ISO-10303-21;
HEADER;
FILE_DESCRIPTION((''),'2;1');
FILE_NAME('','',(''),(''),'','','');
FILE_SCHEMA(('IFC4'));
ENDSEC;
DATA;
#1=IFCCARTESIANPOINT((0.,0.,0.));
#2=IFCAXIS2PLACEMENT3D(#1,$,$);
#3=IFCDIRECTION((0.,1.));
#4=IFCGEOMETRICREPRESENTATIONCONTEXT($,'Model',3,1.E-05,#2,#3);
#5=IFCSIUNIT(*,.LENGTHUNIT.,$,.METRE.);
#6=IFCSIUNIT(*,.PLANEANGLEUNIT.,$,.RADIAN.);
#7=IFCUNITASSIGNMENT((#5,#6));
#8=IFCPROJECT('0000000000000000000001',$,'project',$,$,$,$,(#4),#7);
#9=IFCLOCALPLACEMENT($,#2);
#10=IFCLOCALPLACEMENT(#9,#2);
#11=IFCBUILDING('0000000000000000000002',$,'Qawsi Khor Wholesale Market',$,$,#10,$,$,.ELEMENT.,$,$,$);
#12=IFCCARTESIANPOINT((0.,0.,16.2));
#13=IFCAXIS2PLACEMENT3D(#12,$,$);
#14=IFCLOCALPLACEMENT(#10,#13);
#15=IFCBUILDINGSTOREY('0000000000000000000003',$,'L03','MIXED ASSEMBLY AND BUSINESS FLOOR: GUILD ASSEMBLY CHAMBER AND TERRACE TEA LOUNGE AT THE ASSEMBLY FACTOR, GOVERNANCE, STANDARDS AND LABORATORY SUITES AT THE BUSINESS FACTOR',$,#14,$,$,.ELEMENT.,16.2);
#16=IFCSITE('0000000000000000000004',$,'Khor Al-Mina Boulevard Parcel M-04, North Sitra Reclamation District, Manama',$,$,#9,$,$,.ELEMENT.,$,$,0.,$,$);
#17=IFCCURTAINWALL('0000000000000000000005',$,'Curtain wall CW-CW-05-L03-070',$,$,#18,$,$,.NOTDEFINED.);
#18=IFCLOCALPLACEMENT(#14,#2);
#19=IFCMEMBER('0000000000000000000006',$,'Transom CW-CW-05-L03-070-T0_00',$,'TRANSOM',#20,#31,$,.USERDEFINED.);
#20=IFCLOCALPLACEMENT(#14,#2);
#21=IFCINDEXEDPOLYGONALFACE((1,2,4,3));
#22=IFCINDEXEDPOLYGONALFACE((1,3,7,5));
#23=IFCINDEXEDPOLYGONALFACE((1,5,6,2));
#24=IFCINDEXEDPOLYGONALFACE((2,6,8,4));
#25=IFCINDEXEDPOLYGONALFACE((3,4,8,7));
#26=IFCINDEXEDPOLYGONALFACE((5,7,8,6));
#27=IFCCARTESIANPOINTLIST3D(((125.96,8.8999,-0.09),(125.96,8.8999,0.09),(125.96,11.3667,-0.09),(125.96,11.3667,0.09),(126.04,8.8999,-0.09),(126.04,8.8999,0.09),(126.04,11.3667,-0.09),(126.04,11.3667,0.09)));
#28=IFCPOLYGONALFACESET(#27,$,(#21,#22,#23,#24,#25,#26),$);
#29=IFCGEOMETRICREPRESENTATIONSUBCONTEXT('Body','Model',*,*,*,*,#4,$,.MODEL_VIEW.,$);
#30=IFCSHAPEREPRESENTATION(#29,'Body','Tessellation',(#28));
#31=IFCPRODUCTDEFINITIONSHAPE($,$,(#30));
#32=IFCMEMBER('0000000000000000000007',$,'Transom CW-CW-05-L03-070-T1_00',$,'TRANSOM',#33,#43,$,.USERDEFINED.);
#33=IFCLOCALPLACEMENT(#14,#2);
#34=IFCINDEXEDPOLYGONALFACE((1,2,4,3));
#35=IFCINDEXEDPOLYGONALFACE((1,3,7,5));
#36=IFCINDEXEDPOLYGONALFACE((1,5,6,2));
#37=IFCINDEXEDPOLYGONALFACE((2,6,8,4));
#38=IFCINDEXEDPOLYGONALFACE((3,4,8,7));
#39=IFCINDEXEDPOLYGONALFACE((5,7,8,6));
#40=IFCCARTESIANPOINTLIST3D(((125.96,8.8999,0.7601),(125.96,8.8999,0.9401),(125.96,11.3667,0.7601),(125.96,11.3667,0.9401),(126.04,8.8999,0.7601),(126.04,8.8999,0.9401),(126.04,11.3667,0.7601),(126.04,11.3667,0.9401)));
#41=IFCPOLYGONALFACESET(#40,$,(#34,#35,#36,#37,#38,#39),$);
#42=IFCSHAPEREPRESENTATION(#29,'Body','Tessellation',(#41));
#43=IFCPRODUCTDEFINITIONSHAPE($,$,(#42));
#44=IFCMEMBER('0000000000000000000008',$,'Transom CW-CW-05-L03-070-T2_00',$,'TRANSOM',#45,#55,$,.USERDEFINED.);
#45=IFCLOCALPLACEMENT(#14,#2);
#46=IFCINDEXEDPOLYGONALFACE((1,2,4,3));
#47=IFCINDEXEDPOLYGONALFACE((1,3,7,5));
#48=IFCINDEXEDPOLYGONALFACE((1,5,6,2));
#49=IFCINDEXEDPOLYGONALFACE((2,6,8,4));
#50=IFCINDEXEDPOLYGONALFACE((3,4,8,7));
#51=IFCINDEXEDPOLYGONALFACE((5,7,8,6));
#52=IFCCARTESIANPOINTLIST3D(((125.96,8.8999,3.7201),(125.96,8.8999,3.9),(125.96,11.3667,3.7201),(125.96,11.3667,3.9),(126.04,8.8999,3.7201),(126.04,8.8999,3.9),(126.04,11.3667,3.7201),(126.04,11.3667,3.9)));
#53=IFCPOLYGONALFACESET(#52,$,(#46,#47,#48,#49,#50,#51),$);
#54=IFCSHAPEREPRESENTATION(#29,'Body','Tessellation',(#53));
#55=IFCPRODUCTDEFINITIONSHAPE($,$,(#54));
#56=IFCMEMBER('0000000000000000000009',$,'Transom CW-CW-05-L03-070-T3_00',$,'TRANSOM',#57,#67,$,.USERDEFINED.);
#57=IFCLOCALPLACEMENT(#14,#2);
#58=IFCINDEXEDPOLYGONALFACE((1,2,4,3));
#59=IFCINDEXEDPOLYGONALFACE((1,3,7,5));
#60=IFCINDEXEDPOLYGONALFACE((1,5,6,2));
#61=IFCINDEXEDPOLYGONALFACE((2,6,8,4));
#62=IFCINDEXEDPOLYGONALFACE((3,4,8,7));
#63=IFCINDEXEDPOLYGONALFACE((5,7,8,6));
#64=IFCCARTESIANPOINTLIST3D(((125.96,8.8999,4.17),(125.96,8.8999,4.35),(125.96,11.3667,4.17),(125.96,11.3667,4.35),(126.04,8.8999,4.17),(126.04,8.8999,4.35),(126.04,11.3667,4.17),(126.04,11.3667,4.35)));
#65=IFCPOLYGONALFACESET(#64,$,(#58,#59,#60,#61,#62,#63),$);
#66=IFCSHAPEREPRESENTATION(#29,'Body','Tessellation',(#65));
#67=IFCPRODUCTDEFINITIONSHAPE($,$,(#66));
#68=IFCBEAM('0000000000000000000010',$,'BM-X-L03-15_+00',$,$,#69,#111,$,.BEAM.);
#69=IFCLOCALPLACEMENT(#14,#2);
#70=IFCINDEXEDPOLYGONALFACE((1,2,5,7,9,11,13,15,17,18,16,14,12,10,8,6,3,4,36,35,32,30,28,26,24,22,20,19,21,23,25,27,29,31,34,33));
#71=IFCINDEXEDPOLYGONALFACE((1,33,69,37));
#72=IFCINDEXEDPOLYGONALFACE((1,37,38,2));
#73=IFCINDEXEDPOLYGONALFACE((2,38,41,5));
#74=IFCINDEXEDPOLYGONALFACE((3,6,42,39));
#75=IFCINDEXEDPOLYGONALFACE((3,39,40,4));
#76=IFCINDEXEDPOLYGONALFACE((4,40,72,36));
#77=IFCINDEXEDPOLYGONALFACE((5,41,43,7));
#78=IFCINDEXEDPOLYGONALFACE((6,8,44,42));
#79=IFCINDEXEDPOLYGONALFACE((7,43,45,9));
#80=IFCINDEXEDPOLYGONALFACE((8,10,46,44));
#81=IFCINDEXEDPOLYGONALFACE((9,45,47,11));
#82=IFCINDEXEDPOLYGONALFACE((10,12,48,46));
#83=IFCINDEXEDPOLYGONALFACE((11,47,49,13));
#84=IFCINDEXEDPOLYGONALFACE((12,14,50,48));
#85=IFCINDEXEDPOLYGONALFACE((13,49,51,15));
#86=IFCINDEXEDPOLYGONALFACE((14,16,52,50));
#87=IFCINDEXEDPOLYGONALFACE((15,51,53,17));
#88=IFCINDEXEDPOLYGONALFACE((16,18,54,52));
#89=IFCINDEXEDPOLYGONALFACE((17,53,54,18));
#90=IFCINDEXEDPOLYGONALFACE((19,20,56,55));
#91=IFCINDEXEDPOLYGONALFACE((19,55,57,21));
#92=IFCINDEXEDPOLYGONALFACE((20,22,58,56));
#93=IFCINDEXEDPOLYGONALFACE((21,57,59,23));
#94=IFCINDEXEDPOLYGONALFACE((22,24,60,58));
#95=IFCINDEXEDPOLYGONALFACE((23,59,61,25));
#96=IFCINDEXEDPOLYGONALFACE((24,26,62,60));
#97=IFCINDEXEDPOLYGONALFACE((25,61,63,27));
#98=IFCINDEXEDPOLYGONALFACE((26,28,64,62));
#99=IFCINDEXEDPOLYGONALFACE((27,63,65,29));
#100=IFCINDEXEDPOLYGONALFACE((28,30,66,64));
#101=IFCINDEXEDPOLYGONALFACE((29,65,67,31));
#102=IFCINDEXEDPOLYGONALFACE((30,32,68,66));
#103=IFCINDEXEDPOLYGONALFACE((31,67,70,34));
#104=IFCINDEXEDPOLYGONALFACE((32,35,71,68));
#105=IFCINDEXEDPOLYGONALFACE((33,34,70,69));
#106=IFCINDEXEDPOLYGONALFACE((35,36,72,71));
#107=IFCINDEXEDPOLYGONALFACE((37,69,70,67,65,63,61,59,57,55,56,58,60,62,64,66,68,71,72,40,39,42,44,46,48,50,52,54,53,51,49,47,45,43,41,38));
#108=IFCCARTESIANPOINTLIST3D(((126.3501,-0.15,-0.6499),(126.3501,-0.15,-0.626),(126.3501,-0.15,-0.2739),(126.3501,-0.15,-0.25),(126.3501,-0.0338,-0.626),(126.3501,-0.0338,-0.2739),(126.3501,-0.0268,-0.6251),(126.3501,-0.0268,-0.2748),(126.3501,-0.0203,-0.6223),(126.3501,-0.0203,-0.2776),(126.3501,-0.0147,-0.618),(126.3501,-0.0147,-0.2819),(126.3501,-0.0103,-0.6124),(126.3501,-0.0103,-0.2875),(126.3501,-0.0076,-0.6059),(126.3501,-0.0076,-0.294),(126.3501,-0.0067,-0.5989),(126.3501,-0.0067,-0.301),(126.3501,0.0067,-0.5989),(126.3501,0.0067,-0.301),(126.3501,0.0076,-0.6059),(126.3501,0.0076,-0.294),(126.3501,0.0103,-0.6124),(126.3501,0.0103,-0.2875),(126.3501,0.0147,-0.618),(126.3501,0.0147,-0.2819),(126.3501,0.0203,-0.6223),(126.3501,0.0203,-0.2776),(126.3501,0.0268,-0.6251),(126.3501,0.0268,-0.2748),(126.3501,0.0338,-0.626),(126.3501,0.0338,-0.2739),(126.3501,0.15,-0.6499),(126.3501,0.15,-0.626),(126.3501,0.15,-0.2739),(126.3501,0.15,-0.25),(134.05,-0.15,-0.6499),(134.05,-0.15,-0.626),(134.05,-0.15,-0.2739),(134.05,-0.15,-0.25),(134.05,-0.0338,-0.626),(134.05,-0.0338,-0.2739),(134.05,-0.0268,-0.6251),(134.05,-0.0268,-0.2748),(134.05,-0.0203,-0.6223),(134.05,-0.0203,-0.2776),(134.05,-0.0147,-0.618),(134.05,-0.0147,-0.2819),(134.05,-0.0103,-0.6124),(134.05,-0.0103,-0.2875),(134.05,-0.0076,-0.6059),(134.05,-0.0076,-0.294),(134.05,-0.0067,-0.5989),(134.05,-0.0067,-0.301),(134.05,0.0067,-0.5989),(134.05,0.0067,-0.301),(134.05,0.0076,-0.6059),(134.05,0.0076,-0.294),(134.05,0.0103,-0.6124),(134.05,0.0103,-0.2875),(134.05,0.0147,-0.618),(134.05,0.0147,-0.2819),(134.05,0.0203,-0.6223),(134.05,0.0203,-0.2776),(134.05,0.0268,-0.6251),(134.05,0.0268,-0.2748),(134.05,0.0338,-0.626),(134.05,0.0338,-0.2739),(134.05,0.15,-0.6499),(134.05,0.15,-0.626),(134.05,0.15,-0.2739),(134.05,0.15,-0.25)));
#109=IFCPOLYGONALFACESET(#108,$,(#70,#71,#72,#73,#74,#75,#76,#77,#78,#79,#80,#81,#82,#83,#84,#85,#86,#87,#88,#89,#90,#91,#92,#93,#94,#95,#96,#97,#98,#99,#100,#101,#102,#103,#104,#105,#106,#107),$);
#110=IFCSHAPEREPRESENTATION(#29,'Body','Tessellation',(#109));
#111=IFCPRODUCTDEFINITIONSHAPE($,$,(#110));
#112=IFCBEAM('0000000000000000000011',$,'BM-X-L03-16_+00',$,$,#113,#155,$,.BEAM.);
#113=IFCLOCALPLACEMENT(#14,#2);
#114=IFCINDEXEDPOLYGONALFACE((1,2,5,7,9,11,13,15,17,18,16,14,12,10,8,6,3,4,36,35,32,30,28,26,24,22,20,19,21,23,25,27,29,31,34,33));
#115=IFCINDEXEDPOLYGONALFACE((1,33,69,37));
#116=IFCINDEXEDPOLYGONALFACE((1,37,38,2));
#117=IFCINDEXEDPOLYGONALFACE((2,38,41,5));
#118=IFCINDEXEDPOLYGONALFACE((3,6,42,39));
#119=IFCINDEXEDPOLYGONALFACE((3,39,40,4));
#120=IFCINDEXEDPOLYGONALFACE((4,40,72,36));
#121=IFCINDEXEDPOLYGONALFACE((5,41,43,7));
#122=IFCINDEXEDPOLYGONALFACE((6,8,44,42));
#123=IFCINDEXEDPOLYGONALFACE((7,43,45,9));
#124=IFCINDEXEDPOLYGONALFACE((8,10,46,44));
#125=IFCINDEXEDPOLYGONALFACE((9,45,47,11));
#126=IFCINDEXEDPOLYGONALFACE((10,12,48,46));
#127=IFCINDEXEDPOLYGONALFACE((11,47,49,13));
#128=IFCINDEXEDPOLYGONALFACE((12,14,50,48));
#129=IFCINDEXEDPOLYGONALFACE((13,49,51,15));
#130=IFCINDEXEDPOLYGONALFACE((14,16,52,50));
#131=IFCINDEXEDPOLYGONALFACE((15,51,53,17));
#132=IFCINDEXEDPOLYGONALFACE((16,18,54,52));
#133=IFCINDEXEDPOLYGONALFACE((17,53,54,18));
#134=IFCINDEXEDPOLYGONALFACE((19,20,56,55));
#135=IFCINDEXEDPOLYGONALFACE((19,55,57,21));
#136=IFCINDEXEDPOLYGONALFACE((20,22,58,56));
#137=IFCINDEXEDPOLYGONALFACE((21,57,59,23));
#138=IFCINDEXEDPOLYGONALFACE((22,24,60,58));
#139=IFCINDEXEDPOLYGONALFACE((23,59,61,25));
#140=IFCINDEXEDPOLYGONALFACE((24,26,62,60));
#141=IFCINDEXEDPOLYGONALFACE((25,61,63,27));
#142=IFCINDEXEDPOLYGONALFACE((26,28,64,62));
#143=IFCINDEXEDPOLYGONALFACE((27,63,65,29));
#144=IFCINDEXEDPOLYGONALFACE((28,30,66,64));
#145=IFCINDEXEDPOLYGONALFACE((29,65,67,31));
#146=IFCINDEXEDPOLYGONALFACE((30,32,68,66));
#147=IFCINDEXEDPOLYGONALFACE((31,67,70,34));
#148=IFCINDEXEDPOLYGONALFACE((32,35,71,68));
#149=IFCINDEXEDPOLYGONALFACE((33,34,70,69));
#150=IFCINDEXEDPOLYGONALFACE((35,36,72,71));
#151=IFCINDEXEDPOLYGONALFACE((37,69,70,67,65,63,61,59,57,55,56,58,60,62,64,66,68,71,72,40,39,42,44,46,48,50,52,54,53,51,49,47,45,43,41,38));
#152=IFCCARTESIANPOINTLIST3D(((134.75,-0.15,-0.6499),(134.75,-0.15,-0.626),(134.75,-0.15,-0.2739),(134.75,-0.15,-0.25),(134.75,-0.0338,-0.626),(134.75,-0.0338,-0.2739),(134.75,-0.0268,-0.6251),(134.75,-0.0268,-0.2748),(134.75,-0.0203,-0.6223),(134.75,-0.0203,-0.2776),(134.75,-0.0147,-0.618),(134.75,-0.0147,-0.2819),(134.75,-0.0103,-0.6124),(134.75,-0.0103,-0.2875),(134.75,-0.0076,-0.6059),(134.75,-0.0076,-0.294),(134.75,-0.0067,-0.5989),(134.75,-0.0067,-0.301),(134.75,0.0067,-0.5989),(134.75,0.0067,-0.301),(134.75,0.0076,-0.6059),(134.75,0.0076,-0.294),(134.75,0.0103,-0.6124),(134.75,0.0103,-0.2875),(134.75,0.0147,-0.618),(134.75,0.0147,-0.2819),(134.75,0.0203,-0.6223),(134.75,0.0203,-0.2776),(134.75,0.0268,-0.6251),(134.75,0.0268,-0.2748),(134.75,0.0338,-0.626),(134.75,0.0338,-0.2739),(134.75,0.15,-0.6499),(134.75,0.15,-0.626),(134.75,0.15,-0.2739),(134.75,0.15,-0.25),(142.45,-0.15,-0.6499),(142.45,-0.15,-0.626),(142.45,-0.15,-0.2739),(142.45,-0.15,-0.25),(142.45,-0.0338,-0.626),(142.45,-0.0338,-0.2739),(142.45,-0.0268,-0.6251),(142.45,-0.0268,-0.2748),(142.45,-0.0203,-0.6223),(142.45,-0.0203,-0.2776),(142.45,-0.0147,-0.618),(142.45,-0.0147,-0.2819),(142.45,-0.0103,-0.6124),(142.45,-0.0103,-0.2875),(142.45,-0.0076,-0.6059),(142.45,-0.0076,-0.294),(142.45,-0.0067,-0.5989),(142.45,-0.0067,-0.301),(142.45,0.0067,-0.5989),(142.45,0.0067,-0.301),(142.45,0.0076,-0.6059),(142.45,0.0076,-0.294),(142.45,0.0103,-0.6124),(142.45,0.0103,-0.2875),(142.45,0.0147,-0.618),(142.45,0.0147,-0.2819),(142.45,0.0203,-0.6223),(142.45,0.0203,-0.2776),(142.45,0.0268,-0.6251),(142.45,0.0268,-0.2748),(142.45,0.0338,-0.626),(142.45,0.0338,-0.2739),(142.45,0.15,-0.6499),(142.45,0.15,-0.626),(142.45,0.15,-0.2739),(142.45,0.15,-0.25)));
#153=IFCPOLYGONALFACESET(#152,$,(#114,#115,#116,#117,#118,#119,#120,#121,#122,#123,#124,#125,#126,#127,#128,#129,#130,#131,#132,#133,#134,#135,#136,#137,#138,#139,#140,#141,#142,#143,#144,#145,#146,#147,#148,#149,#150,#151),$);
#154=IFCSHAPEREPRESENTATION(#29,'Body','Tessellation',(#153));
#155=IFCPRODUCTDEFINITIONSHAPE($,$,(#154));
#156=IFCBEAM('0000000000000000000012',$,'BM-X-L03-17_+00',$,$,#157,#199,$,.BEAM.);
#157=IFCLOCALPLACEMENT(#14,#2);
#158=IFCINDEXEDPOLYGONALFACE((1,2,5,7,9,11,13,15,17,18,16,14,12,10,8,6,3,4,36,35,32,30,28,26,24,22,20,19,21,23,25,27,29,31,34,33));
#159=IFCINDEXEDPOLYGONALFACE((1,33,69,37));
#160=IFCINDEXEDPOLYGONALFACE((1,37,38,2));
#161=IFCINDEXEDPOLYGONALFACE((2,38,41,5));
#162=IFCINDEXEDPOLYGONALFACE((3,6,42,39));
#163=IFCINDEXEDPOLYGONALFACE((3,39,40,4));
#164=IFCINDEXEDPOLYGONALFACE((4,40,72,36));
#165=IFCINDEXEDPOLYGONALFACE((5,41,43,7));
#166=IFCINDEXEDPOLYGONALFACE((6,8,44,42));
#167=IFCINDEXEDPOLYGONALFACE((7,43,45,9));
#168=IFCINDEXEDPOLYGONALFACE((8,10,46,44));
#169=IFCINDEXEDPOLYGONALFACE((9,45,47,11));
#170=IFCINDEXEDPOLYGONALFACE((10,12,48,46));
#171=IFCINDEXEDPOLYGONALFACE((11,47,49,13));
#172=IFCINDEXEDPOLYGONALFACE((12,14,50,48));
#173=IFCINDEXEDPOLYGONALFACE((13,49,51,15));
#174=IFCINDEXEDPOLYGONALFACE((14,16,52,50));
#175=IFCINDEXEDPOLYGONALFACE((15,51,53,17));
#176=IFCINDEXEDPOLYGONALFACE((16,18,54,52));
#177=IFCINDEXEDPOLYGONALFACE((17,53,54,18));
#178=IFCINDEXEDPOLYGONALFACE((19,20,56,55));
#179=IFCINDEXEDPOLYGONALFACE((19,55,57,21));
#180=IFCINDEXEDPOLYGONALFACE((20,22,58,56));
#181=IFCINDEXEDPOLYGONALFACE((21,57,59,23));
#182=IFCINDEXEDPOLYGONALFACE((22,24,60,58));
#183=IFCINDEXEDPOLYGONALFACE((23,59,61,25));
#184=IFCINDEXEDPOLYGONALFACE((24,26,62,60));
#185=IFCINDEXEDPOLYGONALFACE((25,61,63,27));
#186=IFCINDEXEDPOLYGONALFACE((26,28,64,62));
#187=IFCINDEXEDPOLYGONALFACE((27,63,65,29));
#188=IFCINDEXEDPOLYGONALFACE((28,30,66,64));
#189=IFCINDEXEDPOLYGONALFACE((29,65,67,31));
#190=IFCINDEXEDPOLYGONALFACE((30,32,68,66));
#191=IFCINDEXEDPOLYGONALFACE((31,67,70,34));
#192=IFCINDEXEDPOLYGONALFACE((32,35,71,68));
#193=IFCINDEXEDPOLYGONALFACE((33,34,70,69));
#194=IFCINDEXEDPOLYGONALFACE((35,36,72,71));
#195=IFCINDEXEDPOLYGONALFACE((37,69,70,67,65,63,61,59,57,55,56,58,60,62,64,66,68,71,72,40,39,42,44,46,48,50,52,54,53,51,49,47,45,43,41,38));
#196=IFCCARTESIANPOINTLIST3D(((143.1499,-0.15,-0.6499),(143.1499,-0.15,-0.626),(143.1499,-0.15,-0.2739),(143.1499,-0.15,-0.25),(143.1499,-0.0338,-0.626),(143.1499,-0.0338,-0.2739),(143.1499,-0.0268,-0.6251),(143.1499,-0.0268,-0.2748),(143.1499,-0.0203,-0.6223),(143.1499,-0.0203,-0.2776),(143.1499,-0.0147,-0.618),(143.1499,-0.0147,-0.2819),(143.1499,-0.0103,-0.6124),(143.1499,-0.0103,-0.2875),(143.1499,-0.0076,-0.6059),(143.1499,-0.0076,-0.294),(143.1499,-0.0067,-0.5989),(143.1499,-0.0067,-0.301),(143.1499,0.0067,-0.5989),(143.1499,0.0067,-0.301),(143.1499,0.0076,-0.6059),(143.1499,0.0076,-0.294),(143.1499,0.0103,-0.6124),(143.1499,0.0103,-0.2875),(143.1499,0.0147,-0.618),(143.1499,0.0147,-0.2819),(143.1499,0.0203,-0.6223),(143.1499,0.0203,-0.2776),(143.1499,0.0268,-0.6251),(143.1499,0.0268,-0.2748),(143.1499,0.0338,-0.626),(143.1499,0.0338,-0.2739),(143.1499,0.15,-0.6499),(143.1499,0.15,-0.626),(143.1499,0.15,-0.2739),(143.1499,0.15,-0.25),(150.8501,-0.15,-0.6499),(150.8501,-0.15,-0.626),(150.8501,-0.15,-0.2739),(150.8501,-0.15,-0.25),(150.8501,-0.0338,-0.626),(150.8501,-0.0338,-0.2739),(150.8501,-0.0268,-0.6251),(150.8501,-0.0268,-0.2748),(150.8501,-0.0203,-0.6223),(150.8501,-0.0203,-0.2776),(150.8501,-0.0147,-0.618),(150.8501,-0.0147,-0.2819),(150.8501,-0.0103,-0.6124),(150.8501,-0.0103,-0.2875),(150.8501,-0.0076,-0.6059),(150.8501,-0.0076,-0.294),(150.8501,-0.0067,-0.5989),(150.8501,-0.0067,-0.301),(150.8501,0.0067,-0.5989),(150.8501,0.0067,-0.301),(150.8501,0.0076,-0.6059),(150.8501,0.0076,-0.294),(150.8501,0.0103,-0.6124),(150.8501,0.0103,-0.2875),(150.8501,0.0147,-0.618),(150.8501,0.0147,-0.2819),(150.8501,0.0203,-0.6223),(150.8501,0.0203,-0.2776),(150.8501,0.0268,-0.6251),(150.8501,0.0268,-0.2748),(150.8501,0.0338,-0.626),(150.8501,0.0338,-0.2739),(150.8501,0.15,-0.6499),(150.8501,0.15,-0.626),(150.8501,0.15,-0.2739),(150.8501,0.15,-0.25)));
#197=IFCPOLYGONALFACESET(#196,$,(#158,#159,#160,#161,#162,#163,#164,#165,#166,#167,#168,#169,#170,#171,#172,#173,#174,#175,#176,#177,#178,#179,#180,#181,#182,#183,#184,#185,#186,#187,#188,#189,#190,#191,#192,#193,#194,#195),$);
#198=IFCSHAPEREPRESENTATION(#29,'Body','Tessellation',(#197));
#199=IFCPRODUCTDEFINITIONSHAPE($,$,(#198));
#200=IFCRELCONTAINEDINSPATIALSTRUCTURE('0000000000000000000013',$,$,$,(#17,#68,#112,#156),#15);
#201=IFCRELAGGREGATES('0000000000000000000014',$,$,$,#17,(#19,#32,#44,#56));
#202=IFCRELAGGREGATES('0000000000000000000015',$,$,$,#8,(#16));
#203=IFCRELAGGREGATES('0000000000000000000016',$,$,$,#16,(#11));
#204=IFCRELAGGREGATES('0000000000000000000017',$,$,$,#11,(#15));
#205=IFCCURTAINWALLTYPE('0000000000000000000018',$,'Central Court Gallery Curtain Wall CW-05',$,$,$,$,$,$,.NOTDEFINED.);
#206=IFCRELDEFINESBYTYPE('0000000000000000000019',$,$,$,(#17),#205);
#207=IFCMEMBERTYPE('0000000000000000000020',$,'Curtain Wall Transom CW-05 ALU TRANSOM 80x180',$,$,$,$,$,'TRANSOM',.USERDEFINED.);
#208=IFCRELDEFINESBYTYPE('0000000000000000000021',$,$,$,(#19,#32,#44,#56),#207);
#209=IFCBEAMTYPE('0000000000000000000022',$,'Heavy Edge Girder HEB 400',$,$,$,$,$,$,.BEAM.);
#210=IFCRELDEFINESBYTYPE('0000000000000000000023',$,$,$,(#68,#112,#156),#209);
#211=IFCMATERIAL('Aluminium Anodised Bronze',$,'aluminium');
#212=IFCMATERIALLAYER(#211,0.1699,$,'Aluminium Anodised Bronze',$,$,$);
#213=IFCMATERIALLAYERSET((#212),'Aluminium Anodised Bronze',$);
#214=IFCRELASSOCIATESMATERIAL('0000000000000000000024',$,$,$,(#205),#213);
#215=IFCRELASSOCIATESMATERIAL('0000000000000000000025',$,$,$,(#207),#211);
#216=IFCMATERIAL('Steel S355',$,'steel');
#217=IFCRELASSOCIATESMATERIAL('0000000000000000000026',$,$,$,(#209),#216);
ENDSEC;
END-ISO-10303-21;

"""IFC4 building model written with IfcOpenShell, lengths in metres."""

from ifc_helpers import new_model, si_unit, direction, frame, origin, origin_2d, place, context, subcontext, project, spatial, rectangle, i_section, extrude, material, layer, layer_set, material_profile, profile_set, type_object, element, aggregate, save


model = new_model("IFC4")

# Units and contexts
model_context = context("Model", 3, precision=1e-05, world=origin(), true_north=direction((0.0, 1.0)))
body_context = subcontext(model_context, "Body", "Model", "MODEL_VIEW")
ifc_project = project(units=[si_unit("LENGTHUNIT", "METRE"), si_unit("PLANEANGLEUNIT", "RADIAN")], contexts=[model_context])

# Site, building, storey
site_placement = place(None, origin())
site = spatial("IfcSite", under=ifc_project, at=site_placement, Name="Khor Al-Mina Boulevard Parcel M-04, North Sitra Reclamation District, Manama", CompositionType="ELEMENT", RefElevation=0.0)
building_placement = place(site_placement, origin())
building = spatial("IfcBuilding", under=site, at=building_placement, Name="Qawsi Khor Wholesale Market", CompositionType="ELEMENT")
storey_placement = place(building_placement, frame((0.0, 0.0, 16.2)))
storey = spatial("IfcBuildingStorey", under=building, at=storey_placement, Name="L03", Description="MIXED ASSEMBLY AND BUSINESS FLOOR: GUILD ASSEMBLY CHAMBER AND TERRACE TEA LOUNGE AT THE ASSEMBLY FACTOR, GOVERNANCE, STANDARDS AND LABORATORY SUITES AT THE BUSINESS FACTOR", CompositionType="ELEMENT", Elevation=16.2)

# Curtain wall, members
ifc_material_1 = material(Name="Aluminium Anodised Bronze", Category="aluminium")
ifc_layer_1 = layer(ifc_material_1, 0.1699, Name="Aluminium Anodised Bronze")
ifc_layer_set_1 = layer_set([ifc_layer_1], Name="Aluminium Anodised Bronze")
curtain_wall_type = type_object("IfcCurtainWallType", Name="Central Court Gallery Curtain Wall CW-05", PredefinedType="NOTDEFINED", material=ifc_layer_set_1)
curtain_wall_placement = place(storey_placement, origin())
curtain_wall = element("IfcCurtainWall", 1, at=curtain_wall_placement, inside=storey, type_object=curtain_wall_type, Name="Curtain wall CW-CW-05-L03-070", PredefinedType="NOTDEFINED")
ifc_material_profile_1 = material_profile(ifc_material_1, rectangle(XDim=0.0801, YDim=0.1799, at=origin_2d()), Name="ALU TRANSOM 80x180")
ifc_profile_set_1 = profile_set([ifc_material_profile_1], Name="Aluminium Anodised Bronze")
member_type = type_object("IfcMemberType", Name="Curtain Wall Transom CW-05 ALU TRANSOM 80x180", ElementType="TRANSOM", PredefinedType="USERDEFINED", material=ifc_profile_set_1)
member_1_placement = place(storey_placement, frame((126.0, 8.8999, 0.0), z_axis=(0.0, 1.0, 0.0), x_axis=(-1.0, 0.0, 0.0)))
member_1 = element("IfcMember", 2, at=member_1_placement, type_object=member_type, Name="Transom CW-CW-05-L03-070-T0_00", ObjectType="TRANSOM", PredefinedType="USERDEFINED", context=body_context, shape_type="SweptSolid", body=[
    extrude(rectangle(XDim=0.0801, YDim=0.1799, at=origin_2d()), origin(), (0.0, 0.0, 1.0), 2.4668),
])
member_2_placement = place(storey_placement, frame((126.0, 8.8999, 0.8501), z_axis=(0.0, 1.0, 0.0), x_axis=(-1.0, 0.0, 0.0)))
member_2 = element("IfcMember", 3, at=member_2_placement, type_object=member_type, Name="Transom CW-CW-05-L03-070-T1_00", ObjectType="TRANSOM", PredefinedType="USERDEFINED", context=body_context, shape_type="SweptSolid", body=[
    extrude(rectangle(XDim=0.0801, YDim=0.1799, at=origin_2d()), origin(), (0.0, 0.0, 1.0), 2.4668),
])
member_3_placement = place(storey_placement, frame((126.0, 8.8999, 3.8101), z_axis=(0.0, 1.0, 0.0), x_axis=(-1.0, 0.0, 0.0)))
member_3 = element("IfcMember", 4, at=member_3_placement, type_object=member_type, Name="Transom CW-CW-05-L03-070-T2_00", ObjectType="TRANSOM", PredefinedType="USERDEFINED", context=body_context, shape_type="SweptSolid", body=[
    extrude(rectangle(XDim=0.0801, YDim=0.1799, at=origin_2d()), origin(), (0.0, 0.0, 1.0), 2.4668),
])
member_4_placement = place(storey_placement, frame((126.0, 8.8999, 4.26), z_axis=(0.0, 1.0, 0.0), x_axis=(-1.0, 0.0, 0.0)))
member_4 = element("IfcMember", 5, at=member_4_placement, type_object=member_type, Name="Transom CW-CW-05-L03-070-T3_00", ObjectType="TRANSOM", PredefinedType="USERDEFINED", context=body_context, shape_type="SweptSolid", body=[
    extrude(rectangle(XDim=0.0801, YDim=0.1799, at=origin_2d()), origin(), (0.0, 0.0, 1.0), 2.4668),
])

# Beams
ifc_material_2 = material(Name="Steel S355", Category="steel")
ifc_material_profile_2 = material_profile(ifc_material_2, i_section(OverallWidth=0.3, OverallDepth=0.3999, WebThickness=0.0134, FlangeThickness=0.0239, FilletRadius=0.0271, at=origin_2d()), Name="HEB 400")
ifc_profile_set_2 = profile_set([ifc_material_profile_2], Name="Steel S355")
beam_type_1 = type_object("IfcBeamType", Name="Heavy Edge Girder HEB 400", PredefinedType="BEAM", material=ifc_profile_set_2)
for number, where, z_axis, x_axis, name in (
    (6, (126.3501, 0.0, -0.45), (1.0, 0.0, 0.0), (0.0, 1.0, 0.0), "BM-X-L03-15_+00"),
    (7, (134.75, 0.0, -0.45), (1.0, 0.0, 0.0), (0.0, 1.0, 0.0), "BM-X-L03-16_+00"),
):
    element("IfcBeam", number, at=place(storey_placement, frame(where, z_axis=z_axis, x_axis=x_axis)), inside=storey, type_object=beam_type_1, Name=name, PredefinedType="BEAM", context=body_context, shape_type="SweptSolid", body=[
        extrude(i_section(OverallWidth=0.3, OverallDepth=0.3999, WebThickness=0.0134, FlangeThickness=0.0239, FilletRadius=0.0271, at=origin_2d()), origin(), (0.0, 0.0, 1.0), 7.7),
    ])
beam_1_placement = place(storey_placement, frame((143.1499, 0.0, -0.45), z_axis=(1.0, 0.0, 0.0), x_axis=(0.0, 1.0, 0.0)))
element("IfcBeam", 8, at=beam_1_placement, inside=storey, type_object=beam_type_1, Name="BM-X-L03-17_+00", PredefinedType="BEAM", context=body_context, shape_type="SweptSolid", body=[
    extrude(i_section(OverallWidth=0.3, OverallDepth=0.3999, WebThickness=0.0134, FlangeThickness=0.0239, FilletRadius=0.0271, at=origin_2d()), origin(), (0.0, 0.0, 1.0), 7.7002),
])

aggregate(curtain_wall, [member_1, member_2, member_3, member_4])

save(model, "model.ifc")
